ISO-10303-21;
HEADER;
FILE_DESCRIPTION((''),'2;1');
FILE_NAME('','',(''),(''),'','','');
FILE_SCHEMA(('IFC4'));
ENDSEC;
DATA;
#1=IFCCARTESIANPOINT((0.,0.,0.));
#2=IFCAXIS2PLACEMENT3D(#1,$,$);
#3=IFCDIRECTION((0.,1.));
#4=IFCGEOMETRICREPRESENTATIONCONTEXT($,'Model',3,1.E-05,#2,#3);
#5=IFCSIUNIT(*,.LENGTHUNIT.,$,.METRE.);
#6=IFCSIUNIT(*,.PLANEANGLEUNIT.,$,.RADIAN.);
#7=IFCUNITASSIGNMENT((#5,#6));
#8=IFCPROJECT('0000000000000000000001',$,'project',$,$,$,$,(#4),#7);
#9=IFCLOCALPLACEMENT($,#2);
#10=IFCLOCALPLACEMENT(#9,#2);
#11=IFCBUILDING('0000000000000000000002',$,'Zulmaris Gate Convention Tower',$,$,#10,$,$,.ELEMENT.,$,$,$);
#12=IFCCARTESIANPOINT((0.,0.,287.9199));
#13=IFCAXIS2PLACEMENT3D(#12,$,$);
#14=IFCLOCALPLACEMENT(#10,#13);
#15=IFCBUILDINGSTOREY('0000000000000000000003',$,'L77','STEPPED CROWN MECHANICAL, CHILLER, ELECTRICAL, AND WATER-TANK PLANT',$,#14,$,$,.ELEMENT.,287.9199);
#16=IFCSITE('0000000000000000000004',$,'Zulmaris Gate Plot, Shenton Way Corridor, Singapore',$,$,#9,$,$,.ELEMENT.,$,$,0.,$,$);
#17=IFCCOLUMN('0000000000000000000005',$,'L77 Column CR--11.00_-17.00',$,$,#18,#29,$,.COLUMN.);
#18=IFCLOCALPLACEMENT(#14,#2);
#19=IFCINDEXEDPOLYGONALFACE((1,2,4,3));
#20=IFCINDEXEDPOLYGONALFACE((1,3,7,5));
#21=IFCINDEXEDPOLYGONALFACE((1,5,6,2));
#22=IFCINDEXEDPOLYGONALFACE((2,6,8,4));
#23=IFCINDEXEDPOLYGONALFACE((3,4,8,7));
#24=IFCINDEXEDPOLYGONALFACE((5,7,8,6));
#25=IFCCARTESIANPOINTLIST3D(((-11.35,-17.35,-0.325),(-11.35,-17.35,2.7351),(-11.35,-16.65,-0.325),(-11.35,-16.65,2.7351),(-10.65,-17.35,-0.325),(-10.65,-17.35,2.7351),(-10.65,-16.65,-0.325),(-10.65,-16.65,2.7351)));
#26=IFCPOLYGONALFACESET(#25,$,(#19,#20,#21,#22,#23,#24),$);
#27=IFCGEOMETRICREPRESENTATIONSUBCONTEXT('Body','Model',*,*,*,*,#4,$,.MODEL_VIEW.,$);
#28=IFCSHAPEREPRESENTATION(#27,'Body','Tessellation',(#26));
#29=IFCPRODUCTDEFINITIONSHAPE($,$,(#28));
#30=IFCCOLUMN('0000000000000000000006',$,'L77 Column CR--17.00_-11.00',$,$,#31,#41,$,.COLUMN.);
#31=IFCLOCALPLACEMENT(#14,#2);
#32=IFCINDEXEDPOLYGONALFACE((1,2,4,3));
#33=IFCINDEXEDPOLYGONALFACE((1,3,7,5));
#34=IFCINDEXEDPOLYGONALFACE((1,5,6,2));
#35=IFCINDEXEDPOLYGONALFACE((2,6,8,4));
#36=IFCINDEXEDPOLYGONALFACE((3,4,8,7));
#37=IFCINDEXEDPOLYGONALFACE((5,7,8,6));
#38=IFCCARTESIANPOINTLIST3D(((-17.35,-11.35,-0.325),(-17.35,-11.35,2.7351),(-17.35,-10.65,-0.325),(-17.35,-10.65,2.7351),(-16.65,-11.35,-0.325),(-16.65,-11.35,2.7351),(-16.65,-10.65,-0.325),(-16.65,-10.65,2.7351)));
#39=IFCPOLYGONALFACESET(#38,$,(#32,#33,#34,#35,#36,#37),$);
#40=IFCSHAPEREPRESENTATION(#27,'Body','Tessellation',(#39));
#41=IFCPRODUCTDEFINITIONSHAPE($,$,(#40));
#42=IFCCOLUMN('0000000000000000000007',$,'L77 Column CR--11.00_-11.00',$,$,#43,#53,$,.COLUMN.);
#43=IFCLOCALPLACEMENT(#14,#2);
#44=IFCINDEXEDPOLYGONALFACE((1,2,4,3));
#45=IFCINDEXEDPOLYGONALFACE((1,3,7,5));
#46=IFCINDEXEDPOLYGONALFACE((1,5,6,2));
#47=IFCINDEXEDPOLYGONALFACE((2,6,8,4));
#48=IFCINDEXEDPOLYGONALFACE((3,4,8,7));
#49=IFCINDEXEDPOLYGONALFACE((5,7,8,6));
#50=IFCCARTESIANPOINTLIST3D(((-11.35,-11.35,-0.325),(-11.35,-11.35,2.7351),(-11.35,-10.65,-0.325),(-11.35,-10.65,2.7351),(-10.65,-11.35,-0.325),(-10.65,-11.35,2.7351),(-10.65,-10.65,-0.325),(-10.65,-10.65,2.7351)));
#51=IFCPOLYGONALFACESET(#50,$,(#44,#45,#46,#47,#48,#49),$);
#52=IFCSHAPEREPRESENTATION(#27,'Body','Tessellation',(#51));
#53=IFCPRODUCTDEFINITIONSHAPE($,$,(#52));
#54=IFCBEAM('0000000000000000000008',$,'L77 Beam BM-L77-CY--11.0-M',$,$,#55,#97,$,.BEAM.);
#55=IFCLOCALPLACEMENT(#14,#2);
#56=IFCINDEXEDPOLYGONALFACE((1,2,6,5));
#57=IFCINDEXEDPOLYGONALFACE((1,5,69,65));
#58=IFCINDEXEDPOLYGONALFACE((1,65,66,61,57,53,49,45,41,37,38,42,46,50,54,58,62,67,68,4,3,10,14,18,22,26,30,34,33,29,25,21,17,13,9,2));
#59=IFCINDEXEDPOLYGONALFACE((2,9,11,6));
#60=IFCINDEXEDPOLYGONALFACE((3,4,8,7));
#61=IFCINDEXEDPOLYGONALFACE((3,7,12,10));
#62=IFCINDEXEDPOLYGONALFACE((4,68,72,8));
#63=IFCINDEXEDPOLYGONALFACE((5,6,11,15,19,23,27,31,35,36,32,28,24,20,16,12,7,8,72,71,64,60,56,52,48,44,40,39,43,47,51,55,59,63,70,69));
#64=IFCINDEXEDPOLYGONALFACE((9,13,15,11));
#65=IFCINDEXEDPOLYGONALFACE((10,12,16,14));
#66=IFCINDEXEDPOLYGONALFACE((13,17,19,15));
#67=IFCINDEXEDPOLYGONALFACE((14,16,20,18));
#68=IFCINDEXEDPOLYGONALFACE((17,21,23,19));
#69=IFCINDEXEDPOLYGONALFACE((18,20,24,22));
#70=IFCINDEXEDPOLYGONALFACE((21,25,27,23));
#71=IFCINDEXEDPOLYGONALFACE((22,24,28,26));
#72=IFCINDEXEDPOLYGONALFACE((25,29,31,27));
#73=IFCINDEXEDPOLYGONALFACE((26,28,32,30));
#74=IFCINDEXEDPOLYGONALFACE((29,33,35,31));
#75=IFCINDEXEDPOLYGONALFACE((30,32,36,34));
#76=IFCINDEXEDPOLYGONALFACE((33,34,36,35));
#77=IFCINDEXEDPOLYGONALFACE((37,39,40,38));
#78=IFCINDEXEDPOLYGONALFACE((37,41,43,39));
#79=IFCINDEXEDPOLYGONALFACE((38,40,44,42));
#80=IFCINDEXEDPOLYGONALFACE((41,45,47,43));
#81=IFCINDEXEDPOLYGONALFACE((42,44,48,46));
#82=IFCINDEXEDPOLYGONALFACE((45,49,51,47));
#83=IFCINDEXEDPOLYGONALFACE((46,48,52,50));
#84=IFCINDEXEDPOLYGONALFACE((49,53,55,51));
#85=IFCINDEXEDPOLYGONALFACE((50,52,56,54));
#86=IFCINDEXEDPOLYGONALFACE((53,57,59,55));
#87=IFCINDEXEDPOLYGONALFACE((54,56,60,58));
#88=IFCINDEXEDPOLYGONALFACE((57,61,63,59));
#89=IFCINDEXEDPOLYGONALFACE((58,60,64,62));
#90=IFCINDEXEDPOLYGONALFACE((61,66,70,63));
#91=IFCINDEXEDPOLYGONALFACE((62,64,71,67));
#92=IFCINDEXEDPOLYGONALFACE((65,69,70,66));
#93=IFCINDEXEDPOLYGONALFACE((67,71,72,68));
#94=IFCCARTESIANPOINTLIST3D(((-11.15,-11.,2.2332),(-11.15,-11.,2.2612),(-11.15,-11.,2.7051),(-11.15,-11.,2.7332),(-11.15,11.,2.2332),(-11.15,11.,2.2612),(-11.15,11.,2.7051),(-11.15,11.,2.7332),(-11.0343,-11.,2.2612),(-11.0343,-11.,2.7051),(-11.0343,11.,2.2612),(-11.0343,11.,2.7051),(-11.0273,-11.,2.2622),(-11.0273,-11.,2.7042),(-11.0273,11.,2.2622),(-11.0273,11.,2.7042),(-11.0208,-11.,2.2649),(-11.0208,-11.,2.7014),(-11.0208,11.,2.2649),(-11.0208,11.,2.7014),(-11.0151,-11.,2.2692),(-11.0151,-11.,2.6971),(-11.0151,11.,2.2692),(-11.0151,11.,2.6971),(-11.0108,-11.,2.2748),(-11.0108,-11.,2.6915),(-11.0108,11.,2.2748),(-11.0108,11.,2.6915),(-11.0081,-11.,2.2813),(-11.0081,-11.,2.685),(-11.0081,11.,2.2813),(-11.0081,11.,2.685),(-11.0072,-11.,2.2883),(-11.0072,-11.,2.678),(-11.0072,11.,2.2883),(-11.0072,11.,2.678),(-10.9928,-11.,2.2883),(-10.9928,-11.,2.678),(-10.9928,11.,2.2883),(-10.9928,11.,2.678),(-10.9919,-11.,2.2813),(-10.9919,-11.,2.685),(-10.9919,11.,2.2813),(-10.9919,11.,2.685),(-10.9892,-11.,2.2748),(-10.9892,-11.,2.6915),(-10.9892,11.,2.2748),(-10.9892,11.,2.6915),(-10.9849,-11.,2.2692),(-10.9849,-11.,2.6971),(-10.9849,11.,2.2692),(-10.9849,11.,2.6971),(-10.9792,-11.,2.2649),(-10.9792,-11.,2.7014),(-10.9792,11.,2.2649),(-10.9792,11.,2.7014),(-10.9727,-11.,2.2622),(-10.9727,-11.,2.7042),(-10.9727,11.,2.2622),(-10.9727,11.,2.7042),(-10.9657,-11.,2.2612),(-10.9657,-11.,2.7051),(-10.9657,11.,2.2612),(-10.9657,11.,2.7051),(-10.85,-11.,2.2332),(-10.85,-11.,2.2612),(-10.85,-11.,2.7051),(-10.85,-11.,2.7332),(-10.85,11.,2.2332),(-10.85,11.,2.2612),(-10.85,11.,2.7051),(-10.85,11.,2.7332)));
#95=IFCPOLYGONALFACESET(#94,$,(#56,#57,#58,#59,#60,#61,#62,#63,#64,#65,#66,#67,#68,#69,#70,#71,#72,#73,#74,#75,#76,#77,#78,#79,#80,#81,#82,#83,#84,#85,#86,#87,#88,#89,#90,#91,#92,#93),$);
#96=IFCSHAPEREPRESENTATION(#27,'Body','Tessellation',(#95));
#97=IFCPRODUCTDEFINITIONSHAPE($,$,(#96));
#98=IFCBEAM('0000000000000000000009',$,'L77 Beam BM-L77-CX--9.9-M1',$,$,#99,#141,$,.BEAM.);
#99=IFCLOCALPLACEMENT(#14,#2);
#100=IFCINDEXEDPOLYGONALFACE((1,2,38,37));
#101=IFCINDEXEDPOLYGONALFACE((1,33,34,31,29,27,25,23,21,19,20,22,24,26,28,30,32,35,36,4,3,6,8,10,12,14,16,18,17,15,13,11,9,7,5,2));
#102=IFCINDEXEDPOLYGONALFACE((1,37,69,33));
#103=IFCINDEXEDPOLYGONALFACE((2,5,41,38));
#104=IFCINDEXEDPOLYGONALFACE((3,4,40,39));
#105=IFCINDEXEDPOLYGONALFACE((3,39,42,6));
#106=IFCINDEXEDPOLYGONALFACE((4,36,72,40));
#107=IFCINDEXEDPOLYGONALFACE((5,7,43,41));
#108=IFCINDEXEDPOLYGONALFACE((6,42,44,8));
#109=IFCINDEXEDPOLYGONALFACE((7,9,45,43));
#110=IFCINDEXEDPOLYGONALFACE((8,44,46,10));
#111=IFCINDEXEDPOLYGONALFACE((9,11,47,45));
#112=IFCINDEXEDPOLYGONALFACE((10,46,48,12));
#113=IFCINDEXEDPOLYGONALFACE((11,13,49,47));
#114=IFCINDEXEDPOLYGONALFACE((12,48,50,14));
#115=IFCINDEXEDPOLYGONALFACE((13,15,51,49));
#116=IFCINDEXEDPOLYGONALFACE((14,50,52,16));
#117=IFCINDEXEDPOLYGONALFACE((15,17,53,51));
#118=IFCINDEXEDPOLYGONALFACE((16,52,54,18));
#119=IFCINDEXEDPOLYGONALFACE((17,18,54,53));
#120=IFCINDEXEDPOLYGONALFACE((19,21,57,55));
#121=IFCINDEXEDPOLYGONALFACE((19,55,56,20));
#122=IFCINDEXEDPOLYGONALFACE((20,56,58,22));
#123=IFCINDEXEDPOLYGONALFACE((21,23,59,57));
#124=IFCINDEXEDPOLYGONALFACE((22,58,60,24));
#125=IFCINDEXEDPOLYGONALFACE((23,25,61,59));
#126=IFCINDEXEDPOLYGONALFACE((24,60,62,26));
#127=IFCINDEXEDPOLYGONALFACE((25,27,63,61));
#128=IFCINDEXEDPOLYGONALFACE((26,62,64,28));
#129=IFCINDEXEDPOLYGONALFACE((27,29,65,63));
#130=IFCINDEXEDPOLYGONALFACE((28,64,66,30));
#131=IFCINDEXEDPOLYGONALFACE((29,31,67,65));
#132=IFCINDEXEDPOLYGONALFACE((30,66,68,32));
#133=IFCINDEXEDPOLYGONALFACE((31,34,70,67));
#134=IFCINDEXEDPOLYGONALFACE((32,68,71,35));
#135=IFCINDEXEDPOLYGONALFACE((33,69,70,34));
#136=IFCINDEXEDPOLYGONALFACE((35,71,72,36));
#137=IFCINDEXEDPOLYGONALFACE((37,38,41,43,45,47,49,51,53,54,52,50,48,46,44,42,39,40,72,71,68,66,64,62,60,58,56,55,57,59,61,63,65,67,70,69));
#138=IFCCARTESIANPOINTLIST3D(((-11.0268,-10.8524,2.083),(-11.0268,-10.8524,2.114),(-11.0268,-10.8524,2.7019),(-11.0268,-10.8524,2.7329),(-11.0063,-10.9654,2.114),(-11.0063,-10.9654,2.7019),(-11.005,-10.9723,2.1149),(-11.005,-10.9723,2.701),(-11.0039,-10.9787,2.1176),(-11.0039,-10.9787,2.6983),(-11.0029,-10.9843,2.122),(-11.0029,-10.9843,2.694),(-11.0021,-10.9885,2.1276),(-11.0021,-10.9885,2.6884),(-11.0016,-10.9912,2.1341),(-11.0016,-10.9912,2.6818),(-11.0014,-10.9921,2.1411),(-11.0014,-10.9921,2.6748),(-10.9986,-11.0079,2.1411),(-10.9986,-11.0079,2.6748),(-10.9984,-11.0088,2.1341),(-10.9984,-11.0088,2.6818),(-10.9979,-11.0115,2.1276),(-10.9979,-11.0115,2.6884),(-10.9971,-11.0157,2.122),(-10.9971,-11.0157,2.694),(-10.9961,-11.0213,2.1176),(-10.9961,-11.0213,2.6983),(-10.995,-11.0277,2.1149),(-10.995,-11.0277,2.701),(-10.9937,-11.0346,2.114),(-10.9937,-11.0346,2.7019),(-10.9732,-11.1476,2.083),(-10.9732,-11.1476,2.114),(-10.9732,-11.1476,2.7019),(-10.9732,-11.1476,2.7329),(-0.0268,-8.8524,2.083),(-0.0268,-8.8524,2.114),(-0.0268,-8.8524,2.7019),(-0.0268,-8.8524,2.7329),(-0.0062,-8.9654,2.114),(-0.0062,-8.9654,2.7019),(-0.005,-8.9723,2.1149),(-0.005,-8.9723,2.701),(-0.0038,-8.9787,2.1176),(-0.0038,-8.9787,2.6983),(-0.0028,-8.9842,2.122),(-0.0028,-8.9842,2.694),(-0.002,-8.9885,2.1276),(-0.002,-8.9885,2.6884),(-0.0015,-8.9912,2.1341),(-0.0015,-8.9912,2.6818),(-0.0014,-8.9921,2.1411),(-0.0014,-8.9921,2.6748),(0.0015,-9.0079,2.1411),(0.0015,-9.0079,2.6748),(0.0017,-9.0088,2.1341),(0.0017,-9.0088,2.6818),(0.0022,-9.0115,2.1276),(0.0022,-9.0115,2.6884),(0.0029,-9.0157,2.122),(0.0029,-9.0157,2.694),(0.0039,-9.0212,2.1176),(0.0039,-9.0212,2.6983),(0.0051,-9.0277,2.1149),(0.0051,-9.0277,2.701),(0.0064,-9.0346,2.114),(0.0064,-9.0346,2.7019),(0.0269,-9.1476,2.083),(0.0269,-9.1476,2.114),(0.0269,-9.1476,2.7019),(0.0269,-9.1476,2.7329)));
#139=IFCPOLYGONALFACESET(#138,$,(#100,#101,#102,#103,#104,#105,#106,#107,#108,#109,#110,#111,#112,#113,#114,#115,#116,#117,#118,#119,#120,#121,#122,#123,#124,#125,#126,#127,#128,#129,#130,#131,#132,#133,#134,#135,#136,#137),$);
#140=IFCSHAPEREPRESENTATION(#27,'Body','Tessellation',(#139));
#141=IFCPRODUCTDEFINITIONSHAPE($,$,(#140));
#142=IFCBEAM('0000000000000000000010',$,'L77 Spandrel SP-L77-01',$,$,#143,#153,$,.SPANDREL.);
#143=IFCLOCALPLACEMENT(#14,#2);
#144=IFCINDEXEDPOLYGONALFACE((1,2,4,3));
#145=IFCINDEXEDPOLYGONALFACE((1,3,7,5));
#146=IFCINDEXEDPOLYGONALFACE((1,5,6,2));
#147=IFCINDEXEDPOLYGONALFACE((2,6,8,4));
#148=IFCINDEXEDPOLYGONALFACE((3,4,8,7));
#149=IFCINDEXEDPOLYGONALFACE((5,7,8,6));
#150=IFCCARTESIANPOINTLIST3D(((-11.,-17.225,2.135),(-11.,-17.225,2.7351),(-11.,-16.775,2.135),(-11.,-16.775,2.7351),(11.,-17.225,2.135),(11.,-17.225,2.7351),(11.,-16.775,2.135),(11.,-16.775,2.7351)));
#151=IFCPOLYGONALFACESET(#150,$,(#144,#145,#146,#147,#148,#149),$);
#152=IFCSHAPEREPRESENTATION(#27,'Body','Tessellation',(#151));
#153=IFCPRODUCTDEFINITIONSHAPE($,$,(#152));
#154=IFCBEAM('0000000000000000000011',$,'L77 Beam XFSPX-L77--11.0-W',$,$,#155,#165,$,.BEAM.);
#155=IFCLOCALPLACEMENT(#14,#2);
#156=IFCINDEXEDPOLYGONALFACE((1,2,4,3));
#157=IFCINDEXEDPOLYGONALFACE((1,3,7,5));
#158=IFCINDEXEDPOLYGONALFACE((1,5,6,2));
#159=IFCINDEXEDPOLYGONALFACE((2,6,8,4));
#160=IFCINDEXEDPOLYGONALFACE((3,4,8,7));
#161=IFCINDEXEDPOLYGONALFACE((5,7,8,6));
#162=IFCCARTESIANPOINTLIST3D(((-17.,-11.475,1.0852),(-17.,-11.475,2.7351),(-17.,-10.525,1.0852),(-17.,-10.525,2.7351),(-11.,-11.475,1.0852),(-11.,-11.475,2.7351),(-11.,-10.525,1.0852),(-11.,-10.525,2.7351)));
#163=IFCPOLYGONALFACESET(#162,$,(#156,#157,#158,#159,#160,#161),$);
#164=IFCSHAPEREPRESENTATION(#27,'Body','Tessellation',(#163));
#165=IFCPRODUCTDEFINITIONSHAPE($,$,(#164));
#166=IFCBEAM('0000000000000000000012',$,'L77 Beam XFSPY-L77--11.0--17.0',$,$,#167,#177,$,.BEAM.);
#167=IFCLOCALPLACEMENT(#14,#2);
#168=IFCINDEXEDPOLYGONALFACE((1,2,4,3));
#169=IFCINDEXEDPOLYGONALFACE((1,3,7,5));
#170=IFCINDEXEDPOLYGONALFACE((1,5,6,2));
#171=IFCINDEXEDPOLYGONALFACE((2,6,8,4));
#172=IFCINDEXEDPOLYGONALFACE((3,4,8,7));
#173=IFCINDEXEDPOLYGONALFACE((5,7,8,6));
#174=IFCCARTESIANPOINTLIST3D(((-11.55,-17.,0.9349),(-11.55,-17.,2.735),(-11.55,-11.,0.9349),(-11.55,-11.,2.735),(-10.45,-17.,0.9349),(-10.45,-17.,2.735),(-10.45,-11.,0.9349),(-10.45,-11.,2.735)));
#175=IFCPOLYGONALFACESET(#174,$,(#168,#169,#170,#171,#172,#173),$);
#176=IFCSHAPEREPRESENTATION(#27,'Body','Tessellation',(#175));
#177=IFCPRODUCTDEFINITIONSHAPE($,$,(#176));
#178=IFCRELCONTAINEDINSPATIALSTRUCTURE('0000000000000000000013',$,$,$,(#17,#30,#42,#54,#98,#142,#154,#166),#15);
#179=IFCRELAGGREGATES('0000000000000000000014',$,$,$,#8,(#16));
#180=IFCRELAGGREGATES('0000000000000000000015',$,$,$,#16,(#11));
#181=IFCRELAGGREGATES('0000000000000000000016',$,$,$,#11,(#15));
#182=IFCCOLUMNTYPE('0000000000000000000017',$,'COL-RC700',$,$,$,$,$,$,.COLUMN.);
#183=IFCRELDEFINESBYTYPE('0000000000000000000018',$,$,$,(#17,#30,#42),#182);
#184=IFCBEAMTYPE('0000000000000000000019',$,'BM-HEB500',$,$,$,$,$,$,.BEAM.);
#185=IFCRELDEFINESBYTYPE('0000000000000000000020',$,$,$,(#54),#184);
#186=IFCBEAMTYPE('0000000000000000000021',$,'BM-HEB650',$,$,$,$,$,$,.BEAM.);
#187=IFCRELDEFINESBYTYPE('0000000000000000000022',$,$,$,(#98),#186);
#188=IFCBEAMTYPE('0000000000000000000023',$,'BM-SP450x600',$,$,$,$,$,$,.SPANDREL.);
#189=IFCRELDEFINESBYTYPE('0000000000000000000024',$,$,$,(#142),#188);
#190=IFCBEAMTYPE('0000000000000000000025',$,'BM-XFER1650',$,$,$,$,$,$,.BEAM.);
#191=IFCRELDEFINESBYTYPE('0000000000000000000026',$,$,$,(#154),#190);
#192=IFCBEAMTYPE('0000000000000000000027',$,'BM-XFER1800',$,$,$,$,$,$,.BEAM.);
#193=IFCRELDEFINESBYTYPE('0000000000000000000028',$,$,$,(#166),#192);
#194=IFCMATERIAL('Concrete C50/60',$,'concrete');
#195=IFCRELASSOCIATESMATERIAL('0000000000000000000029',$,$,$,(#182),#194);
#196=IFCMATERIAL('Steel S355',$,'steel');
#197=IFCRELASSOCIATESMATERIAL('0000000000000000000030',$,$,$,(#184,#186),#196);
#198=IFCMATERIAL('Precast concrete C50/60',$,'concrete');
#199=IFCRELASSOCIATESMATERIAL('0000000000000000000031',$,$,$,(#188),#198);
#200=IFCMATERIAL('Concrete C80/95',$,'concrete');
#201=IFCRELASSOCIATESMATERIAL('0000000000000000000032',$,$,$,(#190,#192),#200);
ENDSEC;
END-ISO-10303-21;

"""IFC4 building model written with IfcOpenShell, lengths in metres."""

from ifc_helpers import new_model, si_unit, direction, frame, origin, origin_2d, place, context, subcontext, project, spatial, rectangle, i_section, extrude, material, material_profile, profile_set, type_object, element, save


model = new_model("IFC4")

# Units and contexts
model_context = context("Model", 3, precision=1e-05, world=origin(), true_north=direction((0.0, 1.0)))
body_context = subcontext(model_context, "Body", "Model", "MODEL_VIEW")
ifc_project = project(units=[si_unit("LENGTHUNIT", "METRE"), si_unit("PLANEANGLEUNIT", "RADIAN")], contexts=[model_context])

# Site, building, storey
site_placement = place(None, origin())
site = spatial("IfcSite", under=ifc_project, at=site_placement, Name="Zulmaris Gate Plot, Shenton Way Corridor, Singapore", CompositionType="ELEMENT", RefElevation=0.0)
building_placement = place(site_placement, origin())
building = spatial("IfcBuilding", under=site, at=building_placement, Name="Zulmaris Gate Convention Tower", CompositionType="ELEMENT")
storey_placement = place(building_placement, frame((0.0, 0.0, 287.9199)))
storey = spatial("IfcBuildingStorey", under=building, at=storey_placement, Name="L77", Description="STEPPED CROWN MECHANICAL, CHILLER, ELECTRICAL, AND WATER-TANK PLANT", CompositionType="ELEMENT", Elevation=287.9199)

# Columns
ifc_material_1 = material(Name="Concrete C50/60", Category="concrete")
ifc_material_profile_1 = material_profile(ifc_material_1, rectangle(XDim=0.7, YDim=0.7, at=origin_2d()), Name="RC COL 700x700")
ifc_profile_set_1 = profile_set([ifc_material_profile_1], Name="Concrete C50/60")
column_type = type_object("IfcColumnType", Name="COL-RC700", PredefinedType="COLUMN", material=ifc_profile_set_1)
for number, where, z_axis, x_axis, name in (
    (1, (-11.0, -17.0, -0.325), (0.0, 0.0, 1.0), (1.0, 0.0, 0.0), "L77 Column CR--11.00_-17.00"),
    (2, (-17.0, -11.0, -0.325), (0.0, 0.0, 1.0), (1.0, 0.0, 0.0), "L77 Column CR--17.00_-11.00"),
    (3, (-11.0, -11.0, -0.325), (0.0, 0.0, 1.0), (1.0, 0.0, 0.0), "L77 Column CR--11.00_-11.00"),
):
    element("IfcColumn", number, at=place(storey_placement, frame(where, z_axis=z_axis, x_axis=x_axis)), inside=storey, type_object=column_type, Name=name, PredefinedType="COLUMN", context=body_context, shape_type="SweptSolid", body=[
        extrude(rectangle(XDim=0.7, YDim=0.7, at=origin_2d()), origin(), (0.0, 0.0, 1.0), 3.0601),
    ])

# Beams
ifc_material_2 = material(Name="Steel S355", Category="steel")
ifc_material_profile_2 = material_profile(ifc_material_2, i_section(OverallWidth=0.3, OverallDepth=0.5, WebThickness=0.0144, FlangeThickness=0.0281, FilletRadius=0.0271, at=origin_2d()), Name="HEB 500")
ifc_profile_set_2 = profile_set([ifc_material_profile_2], Name="Steel S355")
beam_type_1 = type_object("IfcBeamType", Name="BM-HEB500", PredefinedType="BEAM", material=ifc_profile_set_2)
beam_1_placement = place(storey_placement, frame((-11.0, -11.0, 2.4832), z_axis=(0.0, 1.0, 0.0), x_axis=(-1.0, 0.0, 0.0)))
element("IfcBeam", 4, at=beam_1_placement, inside=storey, type_object=beam_type_1, Name="L77 Beam BM-L77-CY--11.0-M", PredefinedType="BEAM", context=body_context, shape_type="SweptSolid", body=[
    extrude(i_section(OverallWidth=0.3, OverallDepth=0.5, WebThickness=0.0144, FlangeThickness=0.0281, FilletRadius=0.0271, at=origin_2d()), origin(), (0.0, 0.0, 1.0), 22.0),
])
ifc_material_profile_3 = material_profile(ifc_material_2, i_section(OverallWidth=0.3, OverallDepth=0.6499, WebThickness=0.0161, FlangeThickness=0.031, FilletRadius=0.0271, at=origin_2d()), Name="HEB 650")
ifc_profile_set_3 = profile_set([ifc_material_profile_3], Name="Steel S355")
beam_type_2 = type_object("IfcBeamType", Name="BM-HEB650", PredefinedType="BEAM", material=ifc_profile_set_3)
beam_2_placement = place(storey_placement, frame((-11.0, -11.0, 2.408), z_axis=(0.98387, 0.178885, 0.0), x_axis=(-0.178885, 0.98387, 0.0)))
element("IfcBeam", 5, at=beam_2_placement, inside=storey, type_object=beam_type_2, Name="L77 Beam BM-L77-CX--9.9-M1", PredefinedType="BEAM", context=body_context, shape_type="SweptSolid", body=[
    extrude(i_section(OverallWidth=0.3, OverallDepth=0.6499, WebThickness=0.0161, FlangeThickness=0.031, FilletRadius=0.0271, at=origin_2d()), origin(), (0.0, 0.0, 1.0), 11.1804),
])
ifc_material_3 = material(Name="Precast concrete C50/60", Category="concrete")
ifc_material_profile_4 = material_profile(ifc_material_3, rectangle(XDim=0.45, YDim=0.6001, at=origin_2d()), Name="RC SPANDREL 450x600")
ifc_profile_set_4 = profile_set([ifc_material_profile_4], Name="Precast concrete C50/60")
beam_type_3 = type_object("IfcBeamType", Name="BM-SP450x600", PredefinedType="SPANDREL", material=ifc_profile_set_4)
beam_3_placement = place(storey_placement, frame((-11.0, -17.0, 2.4351), z_axis=(1.0, 0.0, 0.0), x_axis=(0.0, 1.0, 0.0)))
element("IfcBeam", 6, at=beam_3_placement, inside=storey, type_object=beam_type_3, Name="L77 Spandrel SP-L77-01", PredefinedType="SPANDREL", context=body_context, shape_type="SweptSolid", body=[
    extrude(rectangle(XDim=0.45, YDim=0.6001, at=origin_2d()), origin(), (0.0, 0.0, 1.0), 22.0),
])
ifc_material_4 = material(Name="Concrete C80/95", Category="concrete")
ifc_material_profile_5 = material_profile(ifc_material_4, rectangle(XDim=0.95, YDim=1.6499, at=origin_2d()), Name="RC TRANSFER 950x1650")
ifc_profile_set_5 = profile_set([ifc_material_profile_5], Name="Concrete C80/95")
beam_type_4 = type_object("IfcBeamType", Name="BM-XFER1650", PredefinedType="BEAM", material=ifc_profile_set_5)
beam_4_placement = place(storey_placement, frame((-17.0, -11.0, 1.9102), z_axis=(1.0, 0.0, 0.0), x_axis=(0.0, 1.0, 0.0)))
element("IfcBeam", 7, at=beam_4_placement, inside=storey, type_object=beam_type_4, Name="L77 Beam XFSPX-L77--11.0-W", PredefinedType="BEAM", context=body_context, shape_type="SweptSolid", body=[
    extrude(rectangle(XDim=0.95, YDim=1.6499, at=origin_2d()), origin(), (0.0, 0.0, 1.0), 6.0),
])
ifc_material_profile_6 = material_profile(ifc_material_4, rectangle(XDim=1.1001, YDim=1.8, at=origin_2d()), Name="RC TRANSFER 1100x1800")
ifc_profile_set_6 = profile_set([ifc_material_profile_6], Name="Concrete C80/95")
beam_type_5 = type_object("IfcBeamType", Name="BM-XFER1800", PredefinedType="BEAM", material=ifc_profile_set_6)
beam_5_placement = place(storey_placement, frame((-11.0, -17.0, 1.835), z_axis=(0.0, 1.0, 0.0), x_axis=(-1.0, 0.0, 0.0)))
element("IfcBeam", 8, at=beam_5_placement, inside=storey, type_object=beam_type_5, Name="L77 Beam XFSPY-L77--11.0--17.0", PredefinedType="BEAM", context=body_context, shape_type="SweptSolid", body=[
    extrude(rectangle(XDim=1.1001, YDim=1.8, at=origin_2d()), origin(), (0.0, 0.0, 1.0), 6.0),
])

save(model, "model.ifc")
